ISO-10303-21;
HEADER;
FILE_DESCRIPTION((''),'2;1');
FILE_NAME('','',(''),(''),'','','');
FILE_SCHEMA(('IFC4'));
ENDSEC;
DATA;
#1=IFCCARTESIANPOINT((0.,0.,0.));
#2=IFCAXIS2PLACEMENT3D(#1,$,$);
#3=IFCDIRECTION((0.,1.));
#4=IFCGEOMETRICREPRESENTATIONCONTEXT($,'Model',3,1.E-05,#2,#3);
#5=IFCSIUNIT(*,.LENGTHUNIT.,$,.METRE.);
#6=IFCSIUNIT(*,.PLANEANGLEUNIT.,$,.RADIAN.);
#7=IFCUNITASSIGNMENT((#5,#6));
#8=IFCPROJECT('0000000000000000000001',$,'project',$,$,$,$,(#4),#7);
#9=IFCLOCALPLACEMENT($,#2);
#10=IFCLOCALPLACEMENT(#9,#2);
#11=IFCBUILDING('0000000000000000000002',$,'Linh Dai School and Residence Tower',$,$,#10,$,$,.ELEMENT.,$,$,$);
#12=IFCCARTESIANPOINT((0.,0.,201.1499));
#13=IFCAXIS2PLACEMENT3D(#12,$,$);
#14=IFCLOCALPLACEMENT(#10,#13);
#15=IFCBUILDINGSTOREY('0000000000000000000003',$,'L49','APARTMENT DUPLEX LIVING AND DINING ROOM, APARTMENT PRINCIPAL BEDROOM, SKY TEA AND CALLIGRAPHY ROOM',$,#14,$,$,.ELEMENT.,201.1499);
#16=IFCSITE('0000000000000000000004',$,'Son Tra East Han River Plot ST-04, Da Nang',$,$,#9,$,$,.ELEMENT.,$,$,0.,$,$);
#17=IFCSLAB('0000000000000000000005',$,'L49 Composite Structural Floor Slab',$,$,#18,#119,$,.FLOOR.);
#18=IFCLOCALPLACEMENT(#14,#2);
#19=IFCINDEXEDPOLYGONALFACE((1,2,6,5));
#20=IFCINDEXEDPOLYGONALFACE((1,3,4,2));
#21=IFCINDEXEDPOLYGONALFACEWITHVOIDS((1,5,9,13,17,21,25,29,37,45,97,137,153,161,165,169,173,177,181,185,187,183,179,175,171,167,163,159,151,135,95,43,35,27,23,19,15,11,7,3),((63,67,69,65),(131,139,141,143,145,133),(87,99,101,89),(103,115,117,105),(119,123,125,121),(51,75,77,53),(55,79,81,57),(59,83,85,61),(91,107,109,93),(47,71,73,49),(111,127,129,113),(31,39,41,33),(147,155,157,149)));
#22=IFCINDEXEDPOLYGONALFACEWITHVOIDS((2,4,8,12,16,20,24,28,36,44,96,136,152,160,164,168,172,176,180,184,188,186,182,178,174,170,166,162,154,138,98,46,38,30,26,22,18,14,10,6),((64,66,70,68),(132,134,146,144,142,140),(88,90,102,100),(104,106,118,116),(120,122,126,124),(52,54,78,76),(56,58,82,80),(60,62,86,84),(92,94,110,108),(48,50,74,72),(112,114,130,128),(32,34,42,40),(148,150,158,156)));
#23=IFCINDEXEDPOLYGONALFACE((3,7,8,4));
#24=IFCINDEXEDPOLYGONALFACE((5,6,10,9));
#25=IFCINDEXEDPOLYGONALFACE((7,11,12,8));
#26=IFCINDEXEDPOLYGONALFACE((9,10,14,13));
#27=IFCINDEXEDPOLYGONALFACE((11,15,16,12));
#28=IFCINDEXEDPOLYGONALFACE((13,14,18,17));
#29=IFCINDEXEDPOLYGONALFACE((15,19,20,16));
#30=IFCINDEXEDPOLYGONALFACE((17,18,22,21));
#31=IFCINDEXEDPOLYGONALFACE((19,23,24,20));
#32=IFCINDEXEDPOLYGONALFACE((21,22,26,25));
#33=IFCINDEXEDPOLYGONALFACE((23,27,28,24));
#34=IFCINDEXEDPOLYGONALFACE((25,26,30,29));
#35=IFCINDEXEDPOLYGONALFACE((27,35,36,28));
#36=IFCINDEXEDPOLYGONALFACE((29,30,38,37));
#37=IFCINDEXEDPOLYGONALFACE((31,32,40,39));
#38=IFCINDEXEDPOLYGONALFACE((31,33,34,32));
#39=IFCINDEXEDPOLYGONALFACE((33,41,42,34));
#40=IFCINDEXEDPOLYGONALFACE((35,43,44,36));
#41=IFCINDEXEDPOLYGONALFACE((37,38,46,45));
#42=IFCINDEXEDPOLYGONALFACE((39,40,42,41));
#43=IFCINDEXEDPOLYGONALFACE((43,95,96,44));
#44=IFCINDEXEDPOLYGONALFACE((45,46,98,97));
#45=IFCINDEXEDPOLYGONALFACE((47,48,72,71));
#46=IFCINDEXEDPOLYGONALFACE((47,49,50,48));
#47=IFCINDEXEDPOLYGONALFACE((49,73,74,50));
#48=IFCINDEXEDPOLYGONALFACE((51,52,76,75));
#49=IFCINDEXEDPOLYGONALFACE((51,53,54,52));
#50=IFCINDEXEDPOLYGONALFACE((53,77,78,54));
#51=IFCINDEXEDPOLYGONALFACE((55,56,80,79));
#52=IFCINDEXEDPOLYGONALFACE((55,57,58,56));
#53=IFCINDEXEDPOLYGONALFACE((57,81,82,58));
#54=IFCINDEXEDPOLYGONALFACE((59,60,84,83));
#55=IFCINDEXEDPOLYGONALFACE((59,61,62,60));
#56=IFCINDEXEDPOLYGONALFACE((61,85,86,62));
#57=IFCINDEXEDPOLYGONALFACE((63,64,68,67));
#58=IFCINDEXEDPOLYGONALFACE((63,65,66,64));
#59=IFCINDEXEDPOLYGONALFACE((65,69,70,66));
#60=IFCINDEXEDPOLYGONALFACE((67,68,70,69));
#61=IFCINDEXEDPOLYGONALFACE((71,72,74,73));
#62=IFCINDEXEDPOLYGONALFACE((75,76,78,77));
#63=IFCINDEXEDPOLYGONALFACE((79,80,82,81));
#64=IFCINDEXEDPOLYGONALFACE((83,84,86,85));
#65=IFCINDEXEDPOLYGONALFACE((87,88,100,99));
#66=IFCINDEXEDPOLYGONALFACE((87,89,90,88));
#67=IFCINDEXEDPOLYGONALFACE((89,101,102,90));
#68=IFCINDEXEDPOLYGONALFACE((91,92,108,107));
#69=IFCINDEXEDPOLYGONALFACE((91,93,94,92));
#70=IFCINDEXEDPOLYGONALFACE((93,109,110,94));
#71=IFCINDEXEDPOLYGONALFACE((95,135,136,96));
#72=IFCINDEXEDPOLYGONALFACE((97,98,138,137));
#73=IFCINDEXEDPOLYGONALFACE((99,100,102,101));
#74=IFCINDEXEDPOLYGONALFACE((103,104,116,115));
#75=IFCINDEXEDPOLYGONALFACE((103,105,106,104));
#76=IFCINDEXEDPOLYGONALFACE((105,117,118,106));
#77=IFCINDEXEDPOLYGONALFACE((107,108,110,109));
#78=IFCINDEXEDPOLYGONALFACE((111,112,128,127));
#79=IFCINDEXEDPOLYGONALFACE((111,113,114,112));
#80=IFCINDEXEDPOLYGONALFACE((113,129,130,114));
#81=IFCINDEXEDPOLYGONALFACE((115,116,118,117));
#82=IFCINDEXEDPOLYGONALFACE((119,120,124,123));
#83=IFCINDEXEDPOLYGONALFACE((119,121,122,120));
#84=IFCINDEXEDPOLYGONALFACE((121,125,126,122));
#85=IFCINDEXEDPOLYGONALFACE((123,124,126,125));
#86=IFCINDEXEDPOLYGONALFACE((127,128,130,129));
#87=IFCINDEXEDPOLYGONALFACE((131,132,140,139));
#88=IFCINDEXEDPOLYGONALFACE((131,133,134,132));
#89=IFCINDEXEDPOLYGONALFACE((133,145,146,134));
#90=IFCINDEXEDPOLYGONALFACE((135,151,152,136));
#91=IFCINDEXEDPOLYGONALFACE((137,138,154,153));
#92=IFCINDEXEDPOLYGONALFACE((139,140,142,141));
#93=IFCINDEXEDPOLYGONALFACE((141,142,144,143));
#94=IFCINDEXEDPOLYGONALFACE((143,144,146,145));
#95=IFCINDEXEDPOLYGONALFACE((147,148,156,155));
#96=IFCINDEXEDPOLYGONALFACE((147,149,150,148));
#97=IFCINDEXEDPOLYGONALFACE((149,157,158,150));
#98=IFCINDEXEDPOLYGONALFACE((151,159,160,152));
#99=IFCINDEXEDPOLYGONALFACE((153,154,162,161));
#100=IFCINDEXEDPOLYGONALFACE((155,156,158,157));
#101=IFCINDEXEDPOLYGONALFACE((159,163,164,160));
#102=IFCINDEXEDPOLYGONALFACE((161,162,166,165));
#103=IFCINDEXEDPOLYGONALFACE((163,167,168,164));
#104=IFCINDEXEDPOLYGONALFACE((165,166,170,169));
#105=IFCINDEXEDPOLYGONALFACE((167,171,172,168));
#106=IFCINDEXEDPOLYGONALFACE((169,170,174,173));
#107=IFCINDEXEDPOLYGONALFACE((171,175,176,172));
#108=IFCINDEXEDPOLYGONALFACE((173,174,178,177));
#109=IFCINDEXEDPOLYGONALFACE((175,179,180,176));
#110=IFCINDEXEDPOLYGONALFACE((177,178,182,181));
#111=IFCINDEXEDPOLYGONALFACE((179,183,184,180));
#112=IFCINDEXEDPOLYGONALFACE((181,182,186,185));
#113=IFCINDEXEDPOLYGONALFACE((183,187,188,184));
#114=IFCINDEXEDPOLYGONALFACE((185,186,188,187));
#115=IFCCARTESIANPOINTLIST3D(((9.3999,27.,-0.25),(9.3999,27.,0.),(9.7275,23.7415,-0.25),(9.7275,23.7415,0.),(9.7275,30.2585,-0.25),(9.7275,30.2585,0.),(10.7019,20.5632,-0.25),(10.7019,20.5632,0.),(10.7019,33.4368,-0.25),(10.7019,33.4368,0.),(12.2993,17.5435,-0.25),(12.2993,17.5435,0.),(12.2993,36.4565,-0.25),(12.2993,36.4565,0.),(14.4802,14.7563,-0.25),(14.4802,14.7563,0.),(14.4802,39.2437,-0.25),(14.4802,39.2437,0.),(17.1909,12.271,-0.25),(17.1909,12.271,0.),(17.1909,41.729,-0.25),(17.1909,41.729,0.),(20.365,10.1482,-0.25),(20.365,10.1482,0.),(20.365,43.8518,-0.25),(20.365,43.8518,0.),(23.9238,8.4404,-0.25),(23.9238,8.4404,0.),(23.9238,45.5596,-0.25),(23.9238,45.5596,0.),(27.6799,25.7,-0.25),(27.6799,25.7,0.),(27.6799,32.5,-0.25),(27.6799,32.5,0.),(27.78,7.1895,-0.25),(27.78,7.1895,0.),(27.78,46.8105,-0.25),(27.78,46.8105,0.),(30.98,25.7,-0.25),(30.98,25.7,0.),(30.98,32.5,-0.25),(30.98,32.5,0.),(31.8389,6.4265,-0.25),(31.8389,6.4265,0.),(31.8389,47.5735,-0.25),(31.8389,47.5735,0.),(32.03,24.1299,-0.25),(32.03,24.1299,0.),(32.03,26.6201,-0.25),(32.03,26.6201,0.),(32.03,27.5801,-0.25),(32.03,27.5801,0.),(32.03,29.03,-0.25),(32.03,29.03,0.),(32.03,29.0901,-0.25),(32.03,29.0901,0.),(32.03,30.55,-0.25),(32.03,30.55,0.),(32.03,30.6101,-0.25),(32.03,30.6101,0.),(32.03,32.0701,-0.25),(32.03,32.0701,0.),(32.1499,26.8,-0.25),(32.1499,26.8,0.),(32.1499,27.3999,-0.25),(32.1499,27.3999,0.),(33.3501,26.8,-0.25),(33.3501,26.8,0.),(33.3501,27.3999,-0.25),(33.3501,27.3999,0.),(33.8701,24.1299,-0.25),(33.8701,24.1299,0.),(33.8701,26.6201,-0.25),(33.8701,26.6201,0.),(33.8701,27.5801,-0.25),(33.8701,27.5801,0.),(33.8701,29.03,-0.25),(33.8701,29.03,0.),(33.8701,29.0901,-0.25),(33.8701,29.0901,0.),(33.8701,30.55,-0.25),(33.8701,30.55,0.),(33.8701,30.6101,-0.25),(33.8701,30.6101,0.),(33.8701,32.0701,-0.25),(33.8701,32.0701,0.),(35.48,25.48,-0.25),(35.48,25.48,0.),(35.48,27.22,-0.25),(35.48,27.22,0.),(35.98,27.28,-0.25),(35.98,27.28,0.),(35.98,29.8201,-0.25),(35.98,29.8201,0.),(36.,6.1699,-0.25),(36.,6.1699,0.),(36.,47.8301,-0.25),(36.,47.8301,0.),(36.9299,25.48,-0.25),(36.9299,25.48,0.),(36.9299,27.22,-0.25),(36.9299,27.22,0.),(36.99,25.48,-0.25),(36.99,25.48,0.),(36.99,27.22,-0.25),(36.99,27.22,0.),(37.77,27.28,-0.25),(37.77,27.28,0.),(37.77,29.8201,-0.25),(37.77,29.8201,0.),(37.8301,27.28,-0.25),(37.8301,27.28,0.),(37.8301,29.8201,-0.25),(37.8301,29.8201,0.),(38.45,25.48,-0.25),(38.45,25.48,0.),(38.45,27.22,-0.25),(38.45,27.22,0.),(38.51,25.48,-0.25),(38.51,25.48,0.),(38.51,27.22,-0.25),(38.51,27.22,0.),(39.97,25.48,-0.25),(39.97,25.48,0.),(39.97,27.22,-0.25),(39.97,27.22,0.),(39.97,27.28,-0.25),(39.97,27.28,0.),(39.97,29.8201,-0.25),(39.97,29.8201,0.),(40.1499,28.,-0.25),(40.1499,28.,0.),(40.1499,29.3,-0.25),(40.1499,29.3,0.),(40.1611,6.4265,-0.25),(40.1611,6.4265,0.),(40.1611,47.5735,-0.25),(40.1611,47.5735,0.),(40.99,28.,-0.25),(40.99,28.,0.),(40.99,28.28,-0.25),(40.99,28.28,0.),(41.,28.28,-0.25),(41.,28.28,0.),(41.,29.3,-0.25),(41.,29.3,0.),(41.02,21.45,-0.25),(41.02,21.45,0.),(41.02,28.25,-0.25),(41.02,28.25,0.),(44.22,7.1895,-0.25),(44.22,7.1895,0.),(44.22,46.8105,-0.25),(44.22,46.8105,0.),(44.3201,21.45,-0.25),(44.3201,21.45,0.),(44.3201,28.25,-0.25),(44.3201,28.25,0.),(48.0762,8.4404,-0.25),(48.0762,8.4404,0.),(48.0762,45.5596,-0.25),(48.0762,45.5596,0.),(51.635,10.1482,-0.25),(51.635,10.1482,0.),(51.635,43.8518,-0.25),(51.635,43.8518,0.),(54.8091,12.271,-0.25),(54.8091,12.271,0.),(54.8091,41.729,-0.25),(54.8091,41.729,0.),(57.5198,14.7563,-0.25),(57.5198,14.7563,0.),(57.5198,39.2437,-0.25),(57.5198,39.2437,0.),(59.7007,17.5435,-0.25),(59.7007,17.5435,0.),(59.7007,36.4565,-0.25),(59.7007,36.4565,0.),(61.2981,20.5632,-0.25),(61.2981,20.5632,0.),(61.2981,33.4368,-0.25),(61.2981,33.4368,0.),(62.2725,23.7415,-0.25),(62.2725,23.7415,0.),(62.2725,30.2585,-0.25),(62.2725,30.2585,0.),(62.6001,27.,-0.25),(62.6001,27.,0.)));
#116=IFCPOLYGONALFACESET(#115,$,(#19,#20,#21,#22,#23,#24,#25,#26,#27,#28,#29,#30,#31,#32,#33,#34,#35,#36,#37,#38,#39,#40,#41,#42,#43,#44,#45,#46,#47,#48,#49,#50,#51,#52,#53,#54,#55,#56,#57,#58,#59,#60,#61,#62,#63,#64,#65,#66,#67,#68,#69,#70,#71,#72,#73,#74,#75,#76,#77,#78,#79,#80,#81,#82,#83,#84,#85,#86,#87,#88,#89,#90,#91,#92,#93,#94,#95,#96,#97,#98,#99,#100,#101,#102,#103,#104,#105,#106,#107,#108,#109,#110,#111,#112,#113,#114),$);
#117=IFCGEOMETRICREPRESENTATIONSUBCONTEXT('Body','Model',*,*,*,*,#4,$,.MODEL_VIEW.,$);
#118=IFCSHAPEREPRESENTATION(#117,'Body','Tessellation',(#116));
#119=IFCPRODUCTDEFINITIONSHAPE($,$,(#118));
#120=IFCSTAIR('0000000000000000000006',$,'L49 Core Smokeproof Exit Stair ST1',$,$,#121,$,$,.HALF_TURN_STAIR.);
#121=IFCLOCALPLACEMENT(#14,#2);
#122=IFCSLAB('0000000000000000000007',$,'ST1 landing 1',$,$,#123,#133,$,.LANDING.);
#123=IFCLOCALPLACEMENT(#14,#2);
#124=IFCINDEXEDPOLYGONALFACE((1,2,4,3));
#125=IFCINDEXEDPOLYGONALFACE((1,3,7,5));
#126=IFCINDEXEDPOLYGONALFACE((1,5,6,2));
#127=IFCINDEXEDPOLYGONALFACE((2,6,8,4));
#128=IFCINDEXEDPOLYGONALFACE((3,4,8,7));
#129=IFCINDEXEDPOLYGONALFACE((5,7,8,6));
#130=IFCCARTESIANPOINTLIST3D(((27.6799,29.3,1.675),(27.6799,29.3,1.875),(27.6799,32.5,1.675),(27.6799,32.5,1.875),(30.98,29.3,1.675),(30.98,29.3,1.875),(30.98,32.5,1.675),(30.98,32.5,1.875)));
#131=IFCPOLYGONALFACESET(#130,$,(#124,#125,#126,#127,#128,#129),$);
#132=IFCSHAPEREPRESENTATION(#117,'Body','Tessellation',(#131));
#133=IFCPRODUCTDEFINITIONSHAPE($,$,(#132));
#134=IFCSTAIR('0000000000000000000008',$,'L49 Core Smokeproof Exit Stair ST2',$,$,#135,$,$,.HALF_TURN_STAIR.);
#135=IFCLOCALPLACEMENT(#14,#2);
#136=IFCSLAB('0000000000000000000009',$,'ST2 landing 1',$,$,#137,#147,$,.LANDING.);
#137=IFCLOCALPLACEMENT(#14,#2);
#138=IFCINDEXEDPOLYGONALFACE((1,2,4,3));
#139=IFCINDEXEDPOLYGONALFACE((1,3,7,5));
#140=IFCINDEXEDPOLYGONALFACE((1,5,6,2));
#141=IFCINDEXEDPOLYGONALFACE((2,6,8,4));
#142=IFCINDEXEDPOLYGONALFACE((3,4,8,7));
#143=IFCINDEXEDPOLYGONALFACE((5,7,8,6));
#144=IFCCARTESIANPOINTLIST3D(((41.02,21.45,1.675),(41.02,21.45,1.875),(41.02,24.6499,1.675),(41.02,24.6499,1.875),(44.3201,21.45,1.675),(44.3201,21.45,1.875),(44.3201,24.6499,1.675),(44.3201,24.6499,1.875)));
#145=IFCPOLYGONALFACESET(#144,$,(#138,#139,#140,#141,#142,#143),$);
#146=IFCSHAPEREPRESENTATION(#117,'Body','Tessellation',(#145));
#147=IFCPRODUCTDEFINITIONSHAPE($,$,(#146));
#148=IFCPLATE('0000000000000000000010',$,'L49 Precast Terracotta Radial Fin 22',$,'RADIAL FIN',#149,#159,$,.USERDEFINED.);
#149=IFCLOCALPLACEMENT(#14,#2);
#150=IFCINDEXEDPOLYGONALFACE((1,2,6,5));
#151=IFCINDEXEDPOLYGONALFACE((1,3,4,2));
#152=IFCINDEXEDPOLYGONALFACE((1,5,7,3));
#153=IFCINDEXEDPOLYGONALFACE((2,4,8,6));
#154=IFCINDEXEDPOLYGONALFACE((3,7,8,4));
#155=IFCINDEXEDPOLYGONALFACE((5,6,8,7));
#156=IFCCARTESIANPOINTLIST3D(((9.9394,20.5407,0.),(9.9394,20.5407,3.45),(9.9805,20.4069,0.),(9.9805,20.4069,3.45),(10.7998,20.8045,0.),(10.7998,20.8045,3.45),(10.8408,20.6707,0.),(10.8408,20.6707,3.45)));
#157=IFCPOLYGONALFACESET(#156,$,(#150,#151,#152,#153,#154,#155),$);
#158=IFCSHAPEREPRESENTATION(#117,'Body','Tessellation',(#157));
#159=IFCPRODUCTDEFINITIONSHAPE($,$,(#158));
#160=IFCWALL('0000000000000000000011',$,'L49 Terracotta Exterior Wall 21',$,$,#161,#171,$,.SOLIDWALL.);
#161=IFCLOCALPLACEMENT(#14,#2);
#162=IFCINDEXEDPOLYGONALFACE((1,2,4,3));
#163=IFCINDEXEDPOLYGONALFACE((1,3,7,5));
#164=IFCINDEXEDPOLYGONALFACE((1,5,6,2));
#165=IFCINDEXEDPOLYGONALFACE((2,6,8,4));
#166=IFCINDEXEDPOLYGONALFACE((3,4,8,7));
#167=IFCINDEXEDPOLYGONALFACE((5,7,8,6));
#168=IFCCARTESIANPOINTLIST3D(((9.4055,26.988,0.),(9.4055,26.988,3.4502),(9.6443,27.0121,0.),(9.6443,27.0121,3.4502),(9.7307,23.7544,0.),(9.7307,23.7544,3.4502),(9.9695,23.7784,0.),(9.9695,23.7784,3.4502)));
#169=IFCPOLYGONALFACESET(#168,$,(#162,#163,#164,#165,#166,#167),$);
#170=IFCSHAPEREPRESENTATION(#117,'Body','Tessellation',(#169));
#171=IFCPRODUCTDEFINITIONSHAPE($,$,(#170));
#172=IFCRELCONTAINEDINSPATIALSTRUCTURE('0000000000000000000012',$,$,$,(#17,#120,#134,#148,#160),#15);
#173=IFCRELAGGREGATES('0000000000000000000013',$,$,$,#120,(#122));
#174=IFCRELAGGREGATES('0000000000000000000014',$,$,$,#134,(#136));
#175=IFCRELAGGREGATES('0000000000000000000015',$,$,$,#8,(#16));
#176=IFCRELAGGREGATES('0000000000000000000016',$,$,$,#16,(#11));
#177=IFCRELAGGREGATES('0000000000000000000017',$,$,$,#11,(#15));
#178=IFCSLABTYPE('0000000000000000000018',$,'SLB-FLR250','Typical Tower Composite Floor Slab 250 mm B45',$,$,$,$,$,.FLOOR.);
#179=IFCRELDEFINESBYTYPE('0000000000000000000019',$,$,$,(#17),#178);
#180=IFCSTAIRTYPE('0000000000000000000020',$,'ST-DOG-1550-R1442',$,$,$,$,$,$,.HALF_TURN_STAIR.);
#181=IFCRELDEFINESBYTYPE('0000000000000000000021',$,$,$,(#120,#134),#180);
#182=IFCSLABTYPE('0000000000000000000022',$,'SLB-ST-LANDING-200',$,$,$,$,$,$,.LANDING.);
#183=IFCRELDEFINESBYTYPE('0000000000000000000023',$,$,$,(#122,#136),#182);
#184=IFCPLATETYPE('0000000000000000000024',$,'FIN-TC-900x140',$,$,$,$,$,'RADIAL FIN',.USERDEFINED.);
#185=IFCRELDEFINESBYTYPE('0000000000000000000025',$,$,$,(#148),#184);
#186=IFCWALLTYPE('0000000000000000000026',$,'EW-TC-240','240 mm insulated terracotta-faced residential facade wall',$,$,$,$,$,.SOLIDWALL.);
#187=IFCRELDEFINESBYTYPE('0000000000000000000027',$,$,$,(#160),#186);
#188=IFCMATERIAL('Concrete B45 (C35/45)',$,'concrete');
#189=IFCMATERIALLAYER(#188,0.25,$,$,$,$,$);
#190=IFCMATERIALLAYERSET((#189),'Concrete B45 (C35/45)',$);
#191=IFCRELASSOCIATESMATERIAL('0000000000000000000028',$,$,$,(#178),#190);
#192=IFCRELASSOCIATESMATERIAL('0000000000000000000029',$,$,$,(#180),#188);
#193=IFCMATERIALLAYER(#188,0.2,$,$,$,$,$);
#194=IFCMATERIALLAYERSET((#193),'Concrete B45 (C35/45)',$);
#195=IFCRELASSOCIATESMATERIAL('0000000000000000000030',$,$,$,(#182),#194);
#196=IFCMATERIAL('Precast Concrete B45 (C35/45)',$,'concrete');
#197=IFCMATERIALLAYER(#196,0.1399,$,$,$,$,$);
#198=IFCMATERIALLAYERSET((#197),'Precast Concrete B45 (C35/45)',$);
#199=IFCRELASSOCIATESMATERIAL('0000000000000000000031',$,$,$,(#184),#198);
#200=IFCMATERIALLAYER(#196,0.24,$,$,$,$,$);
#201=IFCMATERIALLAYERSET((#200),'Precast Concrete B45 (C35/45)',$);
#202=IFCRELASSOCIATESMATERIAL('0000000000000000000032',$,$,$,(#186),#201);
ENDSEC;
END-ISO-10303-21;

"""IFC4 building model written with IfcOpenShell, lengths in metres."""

from ifc_helpers import new_model, si_unit, direction, frame, frame_2d, origin, origin_2d, place, context, subcontext, project, spatial, polyline, rectangle, outline, extrude, source, transform, mapped, material, layer, layer_set, type_object, element, aggregate, save


model = new_model("IFC4")

# Units and contexts
model_context = context("Model", 3, precision=1e-05, world=origin(), true_north=direction((0.0, 1.0)))
body_context = subcontext(model_context, "Body", "Model", "MODEL_VIEW")
ifc_project = project(units=[si_unit("LENGTHUNIT", "METRE"), si_unit("PLANEANGLEUNIT", "RADIAN")], contexts=[model_context])

# Site, building, storey
site_placement = place(None, origin())
site = spatial("IfcSite", under=ifc_project, at=site_placement, Name="Son Tra East Han River Plot ST-04, Da Nang", CompositionType="ELEMENT", RefElevation=0.0)
building_placement = place(site_placement, origin())
building = spatial("IfcBuilding", under=site, at=building_placement, Name="Linh Dai School and Residence Tower", CompositionType="ELEMENT")
storey_placement = place(building_placement, frame((0.0, 0.0, 201.1499)))
storey = spatial("IfcBuildingStorey", under=building, at=storey_placement, Name="L49", Description="APARTMENT DUPLEX LIVING AND DINING ROOM, APARTMENT PRINCIPAL BEDROOM, SKY TEA AND CALLIGRAPHY ROOM", CompositionType="ELEMENT", Elevation=201.1499)

# Slab
ifc_material_1 = material(Name="Concrete B45 (C35/45)", Category="concrete")
ifc_layer_1 = layer(ifc_material_1, 0.25)
ifc_layer_set_1 = layer_set([ifc_layer_1], Name="Concrete B45 (C35/45)")
slab_type_1 = type_object("IfcSlabType", Name="SLB-FLR250", Description="Typical Tower Composite Floor Slab 250 mm B45", PredefinedType="FLOOR", material=ifc_layer_set_1)
slab_1_placement = place(storey_placement, frame((0.0, 0.0, -0.25)))
element("IfcSlab", 1, at=slab_1_placement, inside=storey, type_object=slab_type_1, Name="L49 Composite Structural Floor Slab", PredefinedType="FLOOR", context=body_context, shape_type="SweptSolid", body=[
    extrude(outline(polyline([(62.6001, 27.0), (62.2725, 30.2585), (61.2981, 33.4368), (59.7007, 36.4565), (57.5198, 39.2437), (54.8091, 41.729), (51.635, 43.8518), (48.0762, 45.5596), (44.22, 46.8105), (40.1611, 47.5735), (36.0, 47.8301), (31.8389, 47.5735), (27.78, 46.8105), (23.9238, 45.5596), (20.365, 43.8518), (17.1909, 41.729), (14.4802, 39.2437), (12.2993, 36.4565), (10.7019, 33.4368), (9.7275, 30.2585), (9.3999, 27.0), (9.7275, 23.7415), (10.7019, 20.5632), (12.2993, 17.5435), (14.4802, 14.7563), (17.1909, 12.271), (20.365, 10.1482), (23.9238, 8.4404), (27.78, 7.1895), (31.8389, 6.4265), (36.0, 6.1699), (40.1611, 6.4265), (44.22, 7.1895), (48.0762, 8.4404), (51.635, 10.1482), (54.8091, 12.271), (57.5198, 14.7563), (59.7007, 17.5435), (61.2981, 20.5632), (62.2725, 23.7415), (62.6001, 27.0)]), holes=[polyline([(30.98, 25.7), (30.98, 32.5), (27.6799, 32.5), (27.6799, 25.7), (30.98, 25.7)]), polyline([(41.02, 28.25), (41.02, 21.45), (44.3201, 21.45), (44.3201, 28.25), (41.02, 28.25)]), polyline([(35.98, 27.28), (37.77, 27.28), (37.77, 29.8201), (35.98, 29.8201), (35.98, 27.28)]), polyline([(32.03, 24.1299), (33.8701, 24.1299), (33.8701, 26.6201), (32.03, 26.6201), (32.03, 24.1299)]), polyline([(37.8301, 27.28), (39.97, 27.28), (39.97, 29.8201), (37.8301, 29.8201), (37.8301, 27.28)]), polyline([(32.03, 27.5801), (33.8701, 27.5801), (33.8701, 29.03), (32.03, 29.03), (32.03, 27.5801)]), polyline([(32.03, 29.0901), (33.8701, 29.0901), (33.8701, 30.55), (32.03, 30.55), (32.03, 29.0901)]), polyline([(32.03, 30.6101), (33.8701, 30.6101), (33.8701, 32.0701), (32.03, 32.0701), (32.03, 30.6101)]), polyline([(35.48, 25.48), (36.9299, 25.48), (36.9299, 27.22), (35.48, 27.22), (35.48, 25.48)]), polyline([(36.99, 25.48), (38.45, 25.48), (38.45, 27.22), (36.99, 27.22), (36.99, 25.48)]), polyline([(38.51, 25.48), (39.97, 25.48), (39.97, 27.22), (38.51, 27.22), (38.51, 25.48)]), polyline([(40.1499, 28.0), (40.1499, 29.3), (41.0, 29.3), (41.0, 28.28), (40.99, 28.28), (40.99, 28.0), (40.1499, 28.0)]), polyline([(32.1499, 26.8), (33.3501, 26.8), (33.3501, 27.3999), (32.1499, 27.3999), (32.1499, 26.8)])]), origin(), (0.0, 0.0, 1.0), 0.25),
])

# Stairs, slabs
stair_type = type_object("IfcStairType", Name="ST-DOG-1550-R1442", PredefinedType="HALF_TURN_STAIR", material=ifc_material_1)
stair_1_placement = place(storey_placement, origin())
stair_1 = element("IfcStair", 2, at=stair_1_placement, inside=storey, type_object=stair_type, Name="L49 Core Smokeproof Exit Stair ST1", PredefinedType="HALF_TURN_STAIR")
ifc_layer_2 = layer(ifc_material_1, 0.2)
ifc_layer_set_2 = layer_set([ifc_layer_2], Name="Concrete B45 (C35/45)")
slab_type_2 = type_object("IfcSlabType", Name="SLB-ST-LANDING-200", PredefinedType="LANDING", material=ifc_layer_set_2)
slab_2_placement = place(storey_placement, frame((0.0, 0.0, 1.675)))
slab_2 = element("IfcSlab", 3, at=slab_2_placement, type_object=slab_type_2, Name="ST1 landing 1", PredefinedType="LANDING", context=body_context, shape_type="SweptSolid", body=[
    extrude(outline(polyline([(30.98, 29.3), (30.98, 32.5), (27.6799, 32.5), (27.6799, 29.3), (30.98, 29.3)])), origin(), (0.0, 0.0, 1.0), 0.2),
])
aggregate(stair_1, [slab_2])
stair_2_placement = place(storey_placement, origin())
stair_2 = element("IfcStair", 4, at=stair_2_placement, inside=storey, type_object=stair_type, Name="L49 Core Smokeproof Exit Stair ST2", PredefinedType="HALF_TURN_STAIR")
slab_3_placement = place(storey_placement, frame((0.0, 0.0, 1.675)))
slab_3 = element("IfcSlab", 5, at=slab_3_placement, type_object=slab_type_2, Name="ST2 landing 1", PredefinedType="LANDING", context=body_context, shape_type="SweptSolid", body=[
    extrude(outline(polyline([(41.02, 24.6499), (41.02, 21.45), (44.3201, 21.45), (44.3201, 24.6499), (41.02, 24.6499)])), origin(), (0.0, 0.0, 1.0), 0.2),
])
aggregate(stair_2, [slab_3])

# Plate
ifc_material_2 = material(Name="Precast Concrete B45 (C35/45)", Category="concrete")
ifc_layer_3 = layer(ifc_material_2, 0.1399)
ifc_layer_set_3 = layer_set([ifc_layer_3], Name="Precast Concrete B45 (C35/45)")
plate_type = type_object("IfcPlateType", Name="FIN-TC-900x140", ElementType="RADIAL FIN", PredefinedType="USERDEFINED", material=ifc_layer_set_3)
shared_shape_1 = source(origin(), body_context, "Body", "SweptSolid", [
    extrude(rectangle(XDim=0.8999, YDim=0.1399, at=origin_2d()), origin(), (0.0, 0.0, 1.0), 3.45),
])
plate_placement = place(storey_placement, frame((10.3901, 20.6057, 0.0), z_axis=(0.0, 0.0, 1.0), x_axis=(-0.956075, -0.293122, 0.0)))
element("IfcPlate", 6, at=plate_placement, inside=storey, type_object=plate_type, Name="L49 Precast Terracotta Radial Fin 22", ObjectType="RADIAL FIN", PredefinedType="USERDEFINED", context=body_context, shape_type="MappedRepresentation", body=[
    mapped(shared_shape_1, transform((0.0, 0.0, 0.0), x_axis=(1.0, 0.0, 0.0), y_axis=(0.0, 1.0, 0.0), z_axis=(0.0, 0.0, 1.0), scale=1.0)),
])

# Wall
ifc_layer_4 = layer(ifc_material_2, 0.24)
ifc_layer_set_4 = layer_set([ifc_layer_4], Name="Precast Concrete B45 (C35/45)")
wall_type_1 = type_object("IfcWallType", Name="EW-TC-240", Description="240 mm insulated terracotta-faced residential facade wall", PredefinedType="SOLIDWALL", material=ifc_layer_set_4)
wall_1_placement = place(storey_placement, frame((9.8501, 23.7664, 0.0), z_axis=(0.0, 0.0, 1.0), x_axis=(-0.100062, 0.994981, 0.0)))
element("IfcWall", 7, at=wall_1_placement, inside=storey, type_object=wall_type_1, Name="L49 Terracotta Exterior Wall 21", PredefinedType="SOLIDWALL", context=body_context, shape_type="SweptSolid", body=[
    extrude(rectangle(XDim=3.25, YDim=0.24, at=frame_2d((1.625, 0.0))), origin(), (0.0, 0.0, 1.0), 3.4502),
])

save(model, "model.ifc")
